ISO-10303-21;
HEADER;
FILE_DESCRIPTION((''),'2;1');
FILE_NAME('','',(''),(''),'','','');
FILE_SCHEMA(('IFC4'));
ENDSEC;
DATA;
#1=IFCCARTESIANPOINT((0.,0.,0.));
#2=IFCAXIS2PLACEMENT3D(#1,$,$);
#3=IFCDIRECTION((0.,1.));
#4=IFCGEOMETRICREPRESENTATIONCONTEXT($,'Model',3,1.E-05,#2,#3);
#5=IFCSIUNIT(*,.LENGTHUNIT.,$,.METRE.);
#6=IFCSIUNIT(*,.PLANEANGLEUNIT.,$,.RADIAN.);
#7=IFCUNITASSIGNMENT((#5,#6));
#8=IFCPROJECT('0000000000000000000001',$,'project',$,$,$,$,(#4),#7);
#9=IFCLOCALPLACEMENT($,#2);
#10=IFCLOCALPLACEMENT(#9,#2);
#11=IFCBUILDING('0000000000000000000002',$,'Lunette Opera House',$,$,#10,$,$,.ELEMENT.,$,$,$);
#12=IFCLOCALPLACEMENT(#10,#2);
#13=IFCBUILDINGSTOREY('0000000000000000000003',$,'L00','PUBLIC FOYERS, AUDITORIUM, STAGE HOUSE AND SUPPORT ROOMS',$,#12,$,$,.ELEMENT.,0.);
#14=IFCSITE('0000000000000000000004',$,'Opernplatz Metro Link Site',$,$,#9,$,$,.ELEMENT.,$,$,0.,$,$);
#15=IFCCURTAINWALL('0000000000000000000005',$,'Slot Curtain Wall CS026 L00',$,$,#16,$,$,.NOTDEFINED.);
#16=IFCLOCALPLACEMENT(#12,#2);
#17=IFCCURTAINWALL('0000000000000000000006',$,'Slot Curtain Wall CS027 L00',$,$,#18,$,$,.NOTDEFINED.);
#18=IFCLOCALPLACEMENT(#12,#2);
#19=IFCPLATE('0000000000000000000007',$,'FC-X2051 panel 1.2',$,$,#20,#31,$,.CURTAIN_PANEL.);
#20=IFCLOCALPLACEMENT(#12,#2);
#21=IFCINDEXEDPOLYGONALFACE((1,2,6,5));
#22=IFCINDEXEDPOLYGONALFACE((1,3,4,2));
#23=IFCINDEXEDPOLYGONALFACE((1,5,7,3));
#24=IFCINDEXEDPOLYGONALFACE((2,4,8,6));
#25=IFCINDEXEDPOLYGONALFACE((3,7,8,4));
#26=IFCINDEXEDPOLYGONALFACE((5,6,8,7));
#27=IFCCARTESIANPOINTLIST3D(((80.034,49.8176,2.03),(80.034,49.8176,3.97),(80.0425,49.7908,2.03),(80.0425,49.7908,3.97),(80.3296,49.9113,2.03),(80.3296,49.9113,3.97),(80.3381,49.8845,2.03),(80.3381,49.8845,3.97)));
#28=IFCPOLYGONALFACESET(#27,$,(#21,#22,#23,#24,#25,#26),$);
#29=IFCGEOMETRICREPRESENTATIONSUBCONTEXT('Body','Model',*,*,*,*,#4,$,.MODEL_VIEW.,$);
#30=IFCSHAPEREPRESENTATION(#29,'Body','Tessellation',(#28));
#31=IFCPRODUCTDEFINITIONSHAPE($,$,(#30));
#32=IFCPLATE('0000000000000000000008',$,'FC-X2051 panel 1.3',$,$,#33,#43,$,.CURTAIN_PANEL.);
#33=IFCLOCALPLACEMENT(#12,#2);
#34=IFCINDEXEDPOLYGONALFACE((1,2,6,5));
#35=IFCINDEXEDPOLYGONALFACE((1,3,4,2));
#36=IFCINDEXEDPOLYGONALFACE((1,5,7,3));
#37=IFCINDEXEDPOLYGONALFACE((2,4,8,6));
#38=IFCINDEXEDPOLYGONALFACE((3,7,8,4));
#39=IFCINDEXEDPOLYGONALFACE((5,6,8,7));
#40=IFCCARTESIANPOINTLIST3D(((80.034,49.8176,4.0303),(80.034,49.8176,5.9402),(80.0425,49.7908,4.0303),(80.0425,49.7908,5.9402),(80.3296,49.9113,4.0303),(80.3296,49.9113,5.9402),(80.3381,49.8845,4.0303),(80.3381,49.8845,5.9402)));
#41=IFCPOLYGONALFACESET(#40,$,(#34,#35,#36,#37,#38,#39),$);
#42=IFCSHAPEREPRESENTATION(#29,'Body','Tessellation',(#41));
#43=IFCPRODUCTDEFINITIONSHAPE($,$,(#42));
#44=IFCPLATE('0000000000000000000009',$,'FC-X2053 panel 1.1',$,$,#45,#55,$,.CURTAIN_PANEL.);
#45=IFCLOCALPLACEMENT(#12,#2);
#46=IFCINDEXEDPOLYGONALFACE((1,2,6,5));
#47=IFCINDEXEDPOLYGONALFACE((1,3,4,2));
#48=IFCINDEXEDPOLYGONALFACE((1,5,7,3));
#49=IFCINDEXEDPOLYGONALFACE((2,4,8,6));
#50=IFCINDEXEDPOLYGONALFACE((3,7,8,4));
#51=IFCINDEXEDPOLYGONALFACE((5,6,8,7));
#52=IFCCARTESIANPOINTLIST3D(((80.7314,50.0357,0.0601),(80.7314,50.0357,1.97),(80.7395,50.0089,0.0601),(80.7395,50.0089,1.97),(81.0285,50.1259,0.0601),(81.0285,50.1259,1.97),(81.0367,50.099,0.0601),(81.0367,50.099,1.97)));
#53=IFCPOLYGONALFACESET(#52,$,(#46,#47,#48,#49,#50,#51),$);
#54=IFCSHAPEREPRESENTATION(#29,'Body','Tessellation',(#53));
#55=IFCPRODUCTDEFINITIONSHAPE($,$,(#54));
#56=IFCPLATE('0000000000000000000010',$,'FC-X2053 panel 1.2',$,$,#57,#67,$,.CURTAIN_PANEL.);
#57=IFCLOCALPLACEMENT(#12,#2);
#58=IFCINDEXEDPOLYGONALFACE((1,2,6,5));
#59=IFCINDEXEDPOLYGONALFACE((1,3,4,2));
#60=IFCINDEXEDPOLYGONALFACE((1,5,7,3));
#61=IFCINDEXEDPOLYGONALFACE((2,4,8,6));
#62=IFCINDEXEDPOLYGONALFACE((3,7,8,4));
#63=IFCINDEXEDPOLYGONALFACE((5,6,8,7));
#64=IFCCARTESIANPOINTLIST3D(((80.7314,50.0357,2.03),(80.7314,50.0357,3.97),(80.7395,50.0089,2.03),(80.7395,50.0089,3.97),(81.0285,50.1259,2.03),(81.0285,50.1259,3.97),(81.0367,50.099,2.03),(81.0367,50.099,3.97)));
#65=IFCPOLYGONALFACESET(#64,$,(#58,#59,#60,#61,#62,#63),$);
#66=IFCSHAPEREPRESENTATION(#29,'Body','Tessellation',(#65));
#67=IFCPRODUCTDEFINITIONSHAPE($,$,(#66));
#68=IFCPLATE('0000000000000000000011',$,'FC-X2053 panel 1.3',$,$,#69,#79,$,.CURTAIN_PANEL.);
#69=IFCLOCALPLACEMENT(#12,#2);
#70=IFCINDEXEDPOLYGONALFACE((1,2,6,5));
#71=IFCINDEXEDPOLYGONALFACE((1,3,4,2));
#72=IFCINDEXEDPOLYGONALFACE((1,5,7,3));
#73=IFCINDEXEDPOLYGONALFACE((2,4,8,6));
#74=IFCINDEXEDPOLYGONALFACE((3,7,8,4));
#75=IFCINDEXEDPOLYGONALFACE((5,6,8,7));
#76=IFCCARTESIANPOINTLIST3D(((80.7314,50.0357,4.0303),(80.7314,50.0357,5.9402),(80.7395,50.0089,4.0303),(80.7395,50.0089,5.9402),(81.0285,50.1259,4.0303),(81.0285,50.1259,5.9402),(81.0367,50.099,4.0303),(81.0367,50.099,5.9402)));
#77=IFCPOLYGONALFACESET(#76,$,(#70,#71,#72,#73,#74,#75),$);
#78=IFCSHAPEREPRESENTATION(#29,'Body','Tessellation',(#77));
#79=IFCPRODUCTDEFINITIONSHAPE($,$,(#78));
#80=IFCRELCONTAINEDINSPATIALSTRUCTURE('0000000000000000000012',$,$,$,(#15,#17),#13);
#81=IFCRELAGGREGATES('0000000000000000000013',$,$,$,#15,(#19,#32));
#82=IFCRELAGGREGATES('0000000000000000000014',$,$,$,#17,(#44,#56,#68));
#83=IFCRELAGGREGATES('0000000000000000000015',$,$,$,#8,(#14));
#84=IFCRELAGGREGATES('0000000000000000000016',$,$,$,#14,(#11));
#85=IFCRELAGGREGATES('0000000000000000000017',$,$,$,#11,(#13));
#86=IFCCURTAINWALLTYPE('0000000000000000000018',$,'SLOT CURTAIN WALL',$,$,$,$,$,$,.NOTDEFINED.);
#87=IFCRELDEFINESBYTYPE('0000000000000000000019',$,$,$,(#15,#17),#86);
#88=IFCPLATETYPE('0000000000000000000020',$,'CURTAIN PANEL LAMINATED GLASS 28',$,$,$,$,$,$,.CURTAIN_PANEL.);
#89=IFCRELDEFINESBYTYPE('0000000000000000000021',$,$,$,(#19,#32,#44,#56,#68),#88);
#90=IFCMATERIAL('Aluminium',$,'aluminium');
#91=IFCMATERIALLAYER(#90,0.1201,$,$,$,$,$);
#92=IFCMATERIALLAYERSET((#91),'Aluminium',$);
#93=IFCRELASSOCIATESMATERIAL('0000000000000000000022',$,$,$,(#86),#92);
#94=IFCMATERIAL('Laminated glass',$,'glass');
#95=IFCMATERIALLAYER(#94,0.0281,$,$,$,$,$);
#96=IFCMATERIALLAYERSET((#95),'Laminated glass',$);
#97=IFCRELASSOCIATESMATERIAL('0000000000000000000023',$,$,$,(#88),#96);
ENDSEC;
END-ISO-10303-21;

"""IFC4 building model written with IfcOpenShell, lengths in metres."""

from ifc_helpers import new_model, si_unit, direction, frame, origin, origin_2d, place, context, subcontext, project, spatial, rectangle, extrude, material, layer, layer_set, type_object, element, aggregate, save


model = new_model("IFC4")

# Units and contexts
model_context = context("Model", 3, precision=1e-05, world=origin(), true_north=direction((0.0, 1.0)))
body_context = subcontext(model_context, "Body", "Model", "MODEL_VIEW")
ifc_project = project(units=[si_unit("LENGTHUNIT", "METRE"), si_unit("PLANEANGLEUNIT", "RADIAN")], contexts=[model_context])

# Site, building, storey
site_placement = place(None, origin())
site = spatial("IfcSite", under=ifc_project, at=site_placement, Name="Opernplatz Metro Link Site", CompositionType="ELEMENT", RefElevation=0.0)
building_placement = place(site_placement, origin())
building = spatial("IfcBuilding", under=site, at=building_placement, Name="Lunette Opera House", CompositionType="ELEMENT")
storey_placement = place(building_placement, origin())
storey = spatial("IfcBuildingStorey", under=building, at=storey_placement, Name="L00", Description="PUBLIC FOYERS, AUDITORIUM, STAGE HOUSE AND SUPPORT ROOMS", CompositionType="ELEMENT", Elevation=0.0)

# Curtain walls
ifc_material_1 = material(Name="Aluminium", Category="aluminium")
ifc_layer_1 = layer(ifc_material_1, 0.1201)
ifc_layer_set_1 = layer_set([ifc_layer_1], Name="Aluminium")
curtain_wall_type = type_object("IfcCurtainWallType", Name="SLOT CURTAIN WALL", PredefinedType="NOTDEFINED", material=ifc_layer_set_1)
curtain_wall_1_placement = place(storey_placement, origin())
curtain_wall_1 = element("IfcCurtainWall", 1, at=curtain_wall_1_placement, inside=storey, type_object=curtain_wall_type, Name="Slot Curtain Wall CS026 L00", PredefinedType="NOTDEFINED")
curtain_wall_2_placement = place(storey_placement, origin())
curtain_wall_2 = element("IfcCurtainWall", 2, at=curtain_wall_2_placement, inside=storey, type_object=curtain_wall_type, Name="Slot Curtain Wall CS027 L00", PredefinedType="NOTDEFINED")

# Shared definitions
ifc_material_2 = material(Name="Laminated glass", Category="glass")
ifc_layer_2 = layer(ifc_material_2, 0.0281)
ifc_layer_set_2 = layer_set([ifc_layer_2], Name="Laminated glass")
plate_type = type_object("IfcPlateType", Name="CURTAIN PANEL LAMINATED GLASS 28", PredefinedType="CURTAIN_PANEL", material=ifc_layer_set_2)

# Plates
plate_1_placement = place(storey_placement, frame((80.186, 49.8511, 2.03), z_axis=(0.0, 0.0, 1.0), x_axis=(0.953231, 0.302244, 0.0)))
plate_1 = element("IfcPlate", 3, at=plate_1_placement, type_object=plate_type, Name="FC-X2051 panel 1.2", PredefinedType="CURTAIN_PANEL", context=body_context, shape_type="SweptSolid", body=[
    extrude(rectangle(XDim=0.3101, YDim=0.0281, at=origin_2d()), origin(), (0.0, 0.0, 1.0), 1.9399),
])
plate_2_placement = place(storey_placement, frame((80.186, 49.8511, 4.0303), z_axis=(0.0, 0.0, 1.0), x_axis=(0.953231, 0.302244, 0.0)))
plate_2 = element("IfcPlate", 4, at=plate_2_placement, type_object=plate_type, Name="FC-X2051 panel 1.3", PredefinedType="CURTAIN_PANEL", context=body_context, shape_type="SweptSolid", body=[
    extrude(rectangle(XDim=0.3101, YDim=0.0281, at=origin_2d()), origin(), (0.0, 0.0, 1.0), 1.9099),
])
aggregate(curtain_wall_1, [plate_1, plate_2])
plate_3_placement = place(storey_placement, frame((80.884, 50.0674, 0.0601), z_axis=(0.0, 0.0, 1.0), x_axis=(0.956927, 0.29033, 0.0)))
plate_3 = element("IfcPlate", 5, at=plate_3_placement, type_object=plate_type, Name="FC-X2053 panel 1.1", PredefinedType="CURTAIN_PANEL", context=body_context, shape_type="SweptSolid", body=[
    extrude(rectangle(XDim=0.3105, YDim=0.0281, at=origin_2d()), origin(), (0.0, 0.0, 1.0), 1.9099),
])
plate_4_placement = place(storey_placement, frame((80.884, 50.0674, 2.03), z_axis=(0.0, 0.0, 1.0), x_axis=(0.956927, 0.29033, 0.0)))
plate_4 = element("IfcPlate", 6, at=plate_4_placement, type_object=plate_type, Name="FC-X2053 panel 1.2", PredefinedType="CURTAIN_PANEL", context=body_context, shape_type="SweptSolid", body=[
    extrude(rectangle(XDim=0.3105, YDim=0.0281, at=origin_2d()), origin(), (0.0, 0.0, 1.0), 1.9399),
])
plate_5_placement = place(storey_placement, frame((80.884, 50.0674, 4.0303), z_axis=(0.0, 0.0, 1.0), x_axis=(0.956927, 0.29033, 0.0)))
plate_5 = element("IfcPlate", 7, at=plate_5_placement, type_object=plate_type, Name="FC-X2053 panel 1.3", PredefinedType="CURTAIN_PANEL", context=body_context, shape_type="SweptSolid", body=[
    extrude(rectangle(XDim=0.3105, YDim=0.0281, at=origin_2d()), origin(), (0.0, 0.0, 1.0), 1.9099),
])
aggregate(curtain_wall_2, [plate_3, plate_4, plate_5])

save(model, "model.ifc")
